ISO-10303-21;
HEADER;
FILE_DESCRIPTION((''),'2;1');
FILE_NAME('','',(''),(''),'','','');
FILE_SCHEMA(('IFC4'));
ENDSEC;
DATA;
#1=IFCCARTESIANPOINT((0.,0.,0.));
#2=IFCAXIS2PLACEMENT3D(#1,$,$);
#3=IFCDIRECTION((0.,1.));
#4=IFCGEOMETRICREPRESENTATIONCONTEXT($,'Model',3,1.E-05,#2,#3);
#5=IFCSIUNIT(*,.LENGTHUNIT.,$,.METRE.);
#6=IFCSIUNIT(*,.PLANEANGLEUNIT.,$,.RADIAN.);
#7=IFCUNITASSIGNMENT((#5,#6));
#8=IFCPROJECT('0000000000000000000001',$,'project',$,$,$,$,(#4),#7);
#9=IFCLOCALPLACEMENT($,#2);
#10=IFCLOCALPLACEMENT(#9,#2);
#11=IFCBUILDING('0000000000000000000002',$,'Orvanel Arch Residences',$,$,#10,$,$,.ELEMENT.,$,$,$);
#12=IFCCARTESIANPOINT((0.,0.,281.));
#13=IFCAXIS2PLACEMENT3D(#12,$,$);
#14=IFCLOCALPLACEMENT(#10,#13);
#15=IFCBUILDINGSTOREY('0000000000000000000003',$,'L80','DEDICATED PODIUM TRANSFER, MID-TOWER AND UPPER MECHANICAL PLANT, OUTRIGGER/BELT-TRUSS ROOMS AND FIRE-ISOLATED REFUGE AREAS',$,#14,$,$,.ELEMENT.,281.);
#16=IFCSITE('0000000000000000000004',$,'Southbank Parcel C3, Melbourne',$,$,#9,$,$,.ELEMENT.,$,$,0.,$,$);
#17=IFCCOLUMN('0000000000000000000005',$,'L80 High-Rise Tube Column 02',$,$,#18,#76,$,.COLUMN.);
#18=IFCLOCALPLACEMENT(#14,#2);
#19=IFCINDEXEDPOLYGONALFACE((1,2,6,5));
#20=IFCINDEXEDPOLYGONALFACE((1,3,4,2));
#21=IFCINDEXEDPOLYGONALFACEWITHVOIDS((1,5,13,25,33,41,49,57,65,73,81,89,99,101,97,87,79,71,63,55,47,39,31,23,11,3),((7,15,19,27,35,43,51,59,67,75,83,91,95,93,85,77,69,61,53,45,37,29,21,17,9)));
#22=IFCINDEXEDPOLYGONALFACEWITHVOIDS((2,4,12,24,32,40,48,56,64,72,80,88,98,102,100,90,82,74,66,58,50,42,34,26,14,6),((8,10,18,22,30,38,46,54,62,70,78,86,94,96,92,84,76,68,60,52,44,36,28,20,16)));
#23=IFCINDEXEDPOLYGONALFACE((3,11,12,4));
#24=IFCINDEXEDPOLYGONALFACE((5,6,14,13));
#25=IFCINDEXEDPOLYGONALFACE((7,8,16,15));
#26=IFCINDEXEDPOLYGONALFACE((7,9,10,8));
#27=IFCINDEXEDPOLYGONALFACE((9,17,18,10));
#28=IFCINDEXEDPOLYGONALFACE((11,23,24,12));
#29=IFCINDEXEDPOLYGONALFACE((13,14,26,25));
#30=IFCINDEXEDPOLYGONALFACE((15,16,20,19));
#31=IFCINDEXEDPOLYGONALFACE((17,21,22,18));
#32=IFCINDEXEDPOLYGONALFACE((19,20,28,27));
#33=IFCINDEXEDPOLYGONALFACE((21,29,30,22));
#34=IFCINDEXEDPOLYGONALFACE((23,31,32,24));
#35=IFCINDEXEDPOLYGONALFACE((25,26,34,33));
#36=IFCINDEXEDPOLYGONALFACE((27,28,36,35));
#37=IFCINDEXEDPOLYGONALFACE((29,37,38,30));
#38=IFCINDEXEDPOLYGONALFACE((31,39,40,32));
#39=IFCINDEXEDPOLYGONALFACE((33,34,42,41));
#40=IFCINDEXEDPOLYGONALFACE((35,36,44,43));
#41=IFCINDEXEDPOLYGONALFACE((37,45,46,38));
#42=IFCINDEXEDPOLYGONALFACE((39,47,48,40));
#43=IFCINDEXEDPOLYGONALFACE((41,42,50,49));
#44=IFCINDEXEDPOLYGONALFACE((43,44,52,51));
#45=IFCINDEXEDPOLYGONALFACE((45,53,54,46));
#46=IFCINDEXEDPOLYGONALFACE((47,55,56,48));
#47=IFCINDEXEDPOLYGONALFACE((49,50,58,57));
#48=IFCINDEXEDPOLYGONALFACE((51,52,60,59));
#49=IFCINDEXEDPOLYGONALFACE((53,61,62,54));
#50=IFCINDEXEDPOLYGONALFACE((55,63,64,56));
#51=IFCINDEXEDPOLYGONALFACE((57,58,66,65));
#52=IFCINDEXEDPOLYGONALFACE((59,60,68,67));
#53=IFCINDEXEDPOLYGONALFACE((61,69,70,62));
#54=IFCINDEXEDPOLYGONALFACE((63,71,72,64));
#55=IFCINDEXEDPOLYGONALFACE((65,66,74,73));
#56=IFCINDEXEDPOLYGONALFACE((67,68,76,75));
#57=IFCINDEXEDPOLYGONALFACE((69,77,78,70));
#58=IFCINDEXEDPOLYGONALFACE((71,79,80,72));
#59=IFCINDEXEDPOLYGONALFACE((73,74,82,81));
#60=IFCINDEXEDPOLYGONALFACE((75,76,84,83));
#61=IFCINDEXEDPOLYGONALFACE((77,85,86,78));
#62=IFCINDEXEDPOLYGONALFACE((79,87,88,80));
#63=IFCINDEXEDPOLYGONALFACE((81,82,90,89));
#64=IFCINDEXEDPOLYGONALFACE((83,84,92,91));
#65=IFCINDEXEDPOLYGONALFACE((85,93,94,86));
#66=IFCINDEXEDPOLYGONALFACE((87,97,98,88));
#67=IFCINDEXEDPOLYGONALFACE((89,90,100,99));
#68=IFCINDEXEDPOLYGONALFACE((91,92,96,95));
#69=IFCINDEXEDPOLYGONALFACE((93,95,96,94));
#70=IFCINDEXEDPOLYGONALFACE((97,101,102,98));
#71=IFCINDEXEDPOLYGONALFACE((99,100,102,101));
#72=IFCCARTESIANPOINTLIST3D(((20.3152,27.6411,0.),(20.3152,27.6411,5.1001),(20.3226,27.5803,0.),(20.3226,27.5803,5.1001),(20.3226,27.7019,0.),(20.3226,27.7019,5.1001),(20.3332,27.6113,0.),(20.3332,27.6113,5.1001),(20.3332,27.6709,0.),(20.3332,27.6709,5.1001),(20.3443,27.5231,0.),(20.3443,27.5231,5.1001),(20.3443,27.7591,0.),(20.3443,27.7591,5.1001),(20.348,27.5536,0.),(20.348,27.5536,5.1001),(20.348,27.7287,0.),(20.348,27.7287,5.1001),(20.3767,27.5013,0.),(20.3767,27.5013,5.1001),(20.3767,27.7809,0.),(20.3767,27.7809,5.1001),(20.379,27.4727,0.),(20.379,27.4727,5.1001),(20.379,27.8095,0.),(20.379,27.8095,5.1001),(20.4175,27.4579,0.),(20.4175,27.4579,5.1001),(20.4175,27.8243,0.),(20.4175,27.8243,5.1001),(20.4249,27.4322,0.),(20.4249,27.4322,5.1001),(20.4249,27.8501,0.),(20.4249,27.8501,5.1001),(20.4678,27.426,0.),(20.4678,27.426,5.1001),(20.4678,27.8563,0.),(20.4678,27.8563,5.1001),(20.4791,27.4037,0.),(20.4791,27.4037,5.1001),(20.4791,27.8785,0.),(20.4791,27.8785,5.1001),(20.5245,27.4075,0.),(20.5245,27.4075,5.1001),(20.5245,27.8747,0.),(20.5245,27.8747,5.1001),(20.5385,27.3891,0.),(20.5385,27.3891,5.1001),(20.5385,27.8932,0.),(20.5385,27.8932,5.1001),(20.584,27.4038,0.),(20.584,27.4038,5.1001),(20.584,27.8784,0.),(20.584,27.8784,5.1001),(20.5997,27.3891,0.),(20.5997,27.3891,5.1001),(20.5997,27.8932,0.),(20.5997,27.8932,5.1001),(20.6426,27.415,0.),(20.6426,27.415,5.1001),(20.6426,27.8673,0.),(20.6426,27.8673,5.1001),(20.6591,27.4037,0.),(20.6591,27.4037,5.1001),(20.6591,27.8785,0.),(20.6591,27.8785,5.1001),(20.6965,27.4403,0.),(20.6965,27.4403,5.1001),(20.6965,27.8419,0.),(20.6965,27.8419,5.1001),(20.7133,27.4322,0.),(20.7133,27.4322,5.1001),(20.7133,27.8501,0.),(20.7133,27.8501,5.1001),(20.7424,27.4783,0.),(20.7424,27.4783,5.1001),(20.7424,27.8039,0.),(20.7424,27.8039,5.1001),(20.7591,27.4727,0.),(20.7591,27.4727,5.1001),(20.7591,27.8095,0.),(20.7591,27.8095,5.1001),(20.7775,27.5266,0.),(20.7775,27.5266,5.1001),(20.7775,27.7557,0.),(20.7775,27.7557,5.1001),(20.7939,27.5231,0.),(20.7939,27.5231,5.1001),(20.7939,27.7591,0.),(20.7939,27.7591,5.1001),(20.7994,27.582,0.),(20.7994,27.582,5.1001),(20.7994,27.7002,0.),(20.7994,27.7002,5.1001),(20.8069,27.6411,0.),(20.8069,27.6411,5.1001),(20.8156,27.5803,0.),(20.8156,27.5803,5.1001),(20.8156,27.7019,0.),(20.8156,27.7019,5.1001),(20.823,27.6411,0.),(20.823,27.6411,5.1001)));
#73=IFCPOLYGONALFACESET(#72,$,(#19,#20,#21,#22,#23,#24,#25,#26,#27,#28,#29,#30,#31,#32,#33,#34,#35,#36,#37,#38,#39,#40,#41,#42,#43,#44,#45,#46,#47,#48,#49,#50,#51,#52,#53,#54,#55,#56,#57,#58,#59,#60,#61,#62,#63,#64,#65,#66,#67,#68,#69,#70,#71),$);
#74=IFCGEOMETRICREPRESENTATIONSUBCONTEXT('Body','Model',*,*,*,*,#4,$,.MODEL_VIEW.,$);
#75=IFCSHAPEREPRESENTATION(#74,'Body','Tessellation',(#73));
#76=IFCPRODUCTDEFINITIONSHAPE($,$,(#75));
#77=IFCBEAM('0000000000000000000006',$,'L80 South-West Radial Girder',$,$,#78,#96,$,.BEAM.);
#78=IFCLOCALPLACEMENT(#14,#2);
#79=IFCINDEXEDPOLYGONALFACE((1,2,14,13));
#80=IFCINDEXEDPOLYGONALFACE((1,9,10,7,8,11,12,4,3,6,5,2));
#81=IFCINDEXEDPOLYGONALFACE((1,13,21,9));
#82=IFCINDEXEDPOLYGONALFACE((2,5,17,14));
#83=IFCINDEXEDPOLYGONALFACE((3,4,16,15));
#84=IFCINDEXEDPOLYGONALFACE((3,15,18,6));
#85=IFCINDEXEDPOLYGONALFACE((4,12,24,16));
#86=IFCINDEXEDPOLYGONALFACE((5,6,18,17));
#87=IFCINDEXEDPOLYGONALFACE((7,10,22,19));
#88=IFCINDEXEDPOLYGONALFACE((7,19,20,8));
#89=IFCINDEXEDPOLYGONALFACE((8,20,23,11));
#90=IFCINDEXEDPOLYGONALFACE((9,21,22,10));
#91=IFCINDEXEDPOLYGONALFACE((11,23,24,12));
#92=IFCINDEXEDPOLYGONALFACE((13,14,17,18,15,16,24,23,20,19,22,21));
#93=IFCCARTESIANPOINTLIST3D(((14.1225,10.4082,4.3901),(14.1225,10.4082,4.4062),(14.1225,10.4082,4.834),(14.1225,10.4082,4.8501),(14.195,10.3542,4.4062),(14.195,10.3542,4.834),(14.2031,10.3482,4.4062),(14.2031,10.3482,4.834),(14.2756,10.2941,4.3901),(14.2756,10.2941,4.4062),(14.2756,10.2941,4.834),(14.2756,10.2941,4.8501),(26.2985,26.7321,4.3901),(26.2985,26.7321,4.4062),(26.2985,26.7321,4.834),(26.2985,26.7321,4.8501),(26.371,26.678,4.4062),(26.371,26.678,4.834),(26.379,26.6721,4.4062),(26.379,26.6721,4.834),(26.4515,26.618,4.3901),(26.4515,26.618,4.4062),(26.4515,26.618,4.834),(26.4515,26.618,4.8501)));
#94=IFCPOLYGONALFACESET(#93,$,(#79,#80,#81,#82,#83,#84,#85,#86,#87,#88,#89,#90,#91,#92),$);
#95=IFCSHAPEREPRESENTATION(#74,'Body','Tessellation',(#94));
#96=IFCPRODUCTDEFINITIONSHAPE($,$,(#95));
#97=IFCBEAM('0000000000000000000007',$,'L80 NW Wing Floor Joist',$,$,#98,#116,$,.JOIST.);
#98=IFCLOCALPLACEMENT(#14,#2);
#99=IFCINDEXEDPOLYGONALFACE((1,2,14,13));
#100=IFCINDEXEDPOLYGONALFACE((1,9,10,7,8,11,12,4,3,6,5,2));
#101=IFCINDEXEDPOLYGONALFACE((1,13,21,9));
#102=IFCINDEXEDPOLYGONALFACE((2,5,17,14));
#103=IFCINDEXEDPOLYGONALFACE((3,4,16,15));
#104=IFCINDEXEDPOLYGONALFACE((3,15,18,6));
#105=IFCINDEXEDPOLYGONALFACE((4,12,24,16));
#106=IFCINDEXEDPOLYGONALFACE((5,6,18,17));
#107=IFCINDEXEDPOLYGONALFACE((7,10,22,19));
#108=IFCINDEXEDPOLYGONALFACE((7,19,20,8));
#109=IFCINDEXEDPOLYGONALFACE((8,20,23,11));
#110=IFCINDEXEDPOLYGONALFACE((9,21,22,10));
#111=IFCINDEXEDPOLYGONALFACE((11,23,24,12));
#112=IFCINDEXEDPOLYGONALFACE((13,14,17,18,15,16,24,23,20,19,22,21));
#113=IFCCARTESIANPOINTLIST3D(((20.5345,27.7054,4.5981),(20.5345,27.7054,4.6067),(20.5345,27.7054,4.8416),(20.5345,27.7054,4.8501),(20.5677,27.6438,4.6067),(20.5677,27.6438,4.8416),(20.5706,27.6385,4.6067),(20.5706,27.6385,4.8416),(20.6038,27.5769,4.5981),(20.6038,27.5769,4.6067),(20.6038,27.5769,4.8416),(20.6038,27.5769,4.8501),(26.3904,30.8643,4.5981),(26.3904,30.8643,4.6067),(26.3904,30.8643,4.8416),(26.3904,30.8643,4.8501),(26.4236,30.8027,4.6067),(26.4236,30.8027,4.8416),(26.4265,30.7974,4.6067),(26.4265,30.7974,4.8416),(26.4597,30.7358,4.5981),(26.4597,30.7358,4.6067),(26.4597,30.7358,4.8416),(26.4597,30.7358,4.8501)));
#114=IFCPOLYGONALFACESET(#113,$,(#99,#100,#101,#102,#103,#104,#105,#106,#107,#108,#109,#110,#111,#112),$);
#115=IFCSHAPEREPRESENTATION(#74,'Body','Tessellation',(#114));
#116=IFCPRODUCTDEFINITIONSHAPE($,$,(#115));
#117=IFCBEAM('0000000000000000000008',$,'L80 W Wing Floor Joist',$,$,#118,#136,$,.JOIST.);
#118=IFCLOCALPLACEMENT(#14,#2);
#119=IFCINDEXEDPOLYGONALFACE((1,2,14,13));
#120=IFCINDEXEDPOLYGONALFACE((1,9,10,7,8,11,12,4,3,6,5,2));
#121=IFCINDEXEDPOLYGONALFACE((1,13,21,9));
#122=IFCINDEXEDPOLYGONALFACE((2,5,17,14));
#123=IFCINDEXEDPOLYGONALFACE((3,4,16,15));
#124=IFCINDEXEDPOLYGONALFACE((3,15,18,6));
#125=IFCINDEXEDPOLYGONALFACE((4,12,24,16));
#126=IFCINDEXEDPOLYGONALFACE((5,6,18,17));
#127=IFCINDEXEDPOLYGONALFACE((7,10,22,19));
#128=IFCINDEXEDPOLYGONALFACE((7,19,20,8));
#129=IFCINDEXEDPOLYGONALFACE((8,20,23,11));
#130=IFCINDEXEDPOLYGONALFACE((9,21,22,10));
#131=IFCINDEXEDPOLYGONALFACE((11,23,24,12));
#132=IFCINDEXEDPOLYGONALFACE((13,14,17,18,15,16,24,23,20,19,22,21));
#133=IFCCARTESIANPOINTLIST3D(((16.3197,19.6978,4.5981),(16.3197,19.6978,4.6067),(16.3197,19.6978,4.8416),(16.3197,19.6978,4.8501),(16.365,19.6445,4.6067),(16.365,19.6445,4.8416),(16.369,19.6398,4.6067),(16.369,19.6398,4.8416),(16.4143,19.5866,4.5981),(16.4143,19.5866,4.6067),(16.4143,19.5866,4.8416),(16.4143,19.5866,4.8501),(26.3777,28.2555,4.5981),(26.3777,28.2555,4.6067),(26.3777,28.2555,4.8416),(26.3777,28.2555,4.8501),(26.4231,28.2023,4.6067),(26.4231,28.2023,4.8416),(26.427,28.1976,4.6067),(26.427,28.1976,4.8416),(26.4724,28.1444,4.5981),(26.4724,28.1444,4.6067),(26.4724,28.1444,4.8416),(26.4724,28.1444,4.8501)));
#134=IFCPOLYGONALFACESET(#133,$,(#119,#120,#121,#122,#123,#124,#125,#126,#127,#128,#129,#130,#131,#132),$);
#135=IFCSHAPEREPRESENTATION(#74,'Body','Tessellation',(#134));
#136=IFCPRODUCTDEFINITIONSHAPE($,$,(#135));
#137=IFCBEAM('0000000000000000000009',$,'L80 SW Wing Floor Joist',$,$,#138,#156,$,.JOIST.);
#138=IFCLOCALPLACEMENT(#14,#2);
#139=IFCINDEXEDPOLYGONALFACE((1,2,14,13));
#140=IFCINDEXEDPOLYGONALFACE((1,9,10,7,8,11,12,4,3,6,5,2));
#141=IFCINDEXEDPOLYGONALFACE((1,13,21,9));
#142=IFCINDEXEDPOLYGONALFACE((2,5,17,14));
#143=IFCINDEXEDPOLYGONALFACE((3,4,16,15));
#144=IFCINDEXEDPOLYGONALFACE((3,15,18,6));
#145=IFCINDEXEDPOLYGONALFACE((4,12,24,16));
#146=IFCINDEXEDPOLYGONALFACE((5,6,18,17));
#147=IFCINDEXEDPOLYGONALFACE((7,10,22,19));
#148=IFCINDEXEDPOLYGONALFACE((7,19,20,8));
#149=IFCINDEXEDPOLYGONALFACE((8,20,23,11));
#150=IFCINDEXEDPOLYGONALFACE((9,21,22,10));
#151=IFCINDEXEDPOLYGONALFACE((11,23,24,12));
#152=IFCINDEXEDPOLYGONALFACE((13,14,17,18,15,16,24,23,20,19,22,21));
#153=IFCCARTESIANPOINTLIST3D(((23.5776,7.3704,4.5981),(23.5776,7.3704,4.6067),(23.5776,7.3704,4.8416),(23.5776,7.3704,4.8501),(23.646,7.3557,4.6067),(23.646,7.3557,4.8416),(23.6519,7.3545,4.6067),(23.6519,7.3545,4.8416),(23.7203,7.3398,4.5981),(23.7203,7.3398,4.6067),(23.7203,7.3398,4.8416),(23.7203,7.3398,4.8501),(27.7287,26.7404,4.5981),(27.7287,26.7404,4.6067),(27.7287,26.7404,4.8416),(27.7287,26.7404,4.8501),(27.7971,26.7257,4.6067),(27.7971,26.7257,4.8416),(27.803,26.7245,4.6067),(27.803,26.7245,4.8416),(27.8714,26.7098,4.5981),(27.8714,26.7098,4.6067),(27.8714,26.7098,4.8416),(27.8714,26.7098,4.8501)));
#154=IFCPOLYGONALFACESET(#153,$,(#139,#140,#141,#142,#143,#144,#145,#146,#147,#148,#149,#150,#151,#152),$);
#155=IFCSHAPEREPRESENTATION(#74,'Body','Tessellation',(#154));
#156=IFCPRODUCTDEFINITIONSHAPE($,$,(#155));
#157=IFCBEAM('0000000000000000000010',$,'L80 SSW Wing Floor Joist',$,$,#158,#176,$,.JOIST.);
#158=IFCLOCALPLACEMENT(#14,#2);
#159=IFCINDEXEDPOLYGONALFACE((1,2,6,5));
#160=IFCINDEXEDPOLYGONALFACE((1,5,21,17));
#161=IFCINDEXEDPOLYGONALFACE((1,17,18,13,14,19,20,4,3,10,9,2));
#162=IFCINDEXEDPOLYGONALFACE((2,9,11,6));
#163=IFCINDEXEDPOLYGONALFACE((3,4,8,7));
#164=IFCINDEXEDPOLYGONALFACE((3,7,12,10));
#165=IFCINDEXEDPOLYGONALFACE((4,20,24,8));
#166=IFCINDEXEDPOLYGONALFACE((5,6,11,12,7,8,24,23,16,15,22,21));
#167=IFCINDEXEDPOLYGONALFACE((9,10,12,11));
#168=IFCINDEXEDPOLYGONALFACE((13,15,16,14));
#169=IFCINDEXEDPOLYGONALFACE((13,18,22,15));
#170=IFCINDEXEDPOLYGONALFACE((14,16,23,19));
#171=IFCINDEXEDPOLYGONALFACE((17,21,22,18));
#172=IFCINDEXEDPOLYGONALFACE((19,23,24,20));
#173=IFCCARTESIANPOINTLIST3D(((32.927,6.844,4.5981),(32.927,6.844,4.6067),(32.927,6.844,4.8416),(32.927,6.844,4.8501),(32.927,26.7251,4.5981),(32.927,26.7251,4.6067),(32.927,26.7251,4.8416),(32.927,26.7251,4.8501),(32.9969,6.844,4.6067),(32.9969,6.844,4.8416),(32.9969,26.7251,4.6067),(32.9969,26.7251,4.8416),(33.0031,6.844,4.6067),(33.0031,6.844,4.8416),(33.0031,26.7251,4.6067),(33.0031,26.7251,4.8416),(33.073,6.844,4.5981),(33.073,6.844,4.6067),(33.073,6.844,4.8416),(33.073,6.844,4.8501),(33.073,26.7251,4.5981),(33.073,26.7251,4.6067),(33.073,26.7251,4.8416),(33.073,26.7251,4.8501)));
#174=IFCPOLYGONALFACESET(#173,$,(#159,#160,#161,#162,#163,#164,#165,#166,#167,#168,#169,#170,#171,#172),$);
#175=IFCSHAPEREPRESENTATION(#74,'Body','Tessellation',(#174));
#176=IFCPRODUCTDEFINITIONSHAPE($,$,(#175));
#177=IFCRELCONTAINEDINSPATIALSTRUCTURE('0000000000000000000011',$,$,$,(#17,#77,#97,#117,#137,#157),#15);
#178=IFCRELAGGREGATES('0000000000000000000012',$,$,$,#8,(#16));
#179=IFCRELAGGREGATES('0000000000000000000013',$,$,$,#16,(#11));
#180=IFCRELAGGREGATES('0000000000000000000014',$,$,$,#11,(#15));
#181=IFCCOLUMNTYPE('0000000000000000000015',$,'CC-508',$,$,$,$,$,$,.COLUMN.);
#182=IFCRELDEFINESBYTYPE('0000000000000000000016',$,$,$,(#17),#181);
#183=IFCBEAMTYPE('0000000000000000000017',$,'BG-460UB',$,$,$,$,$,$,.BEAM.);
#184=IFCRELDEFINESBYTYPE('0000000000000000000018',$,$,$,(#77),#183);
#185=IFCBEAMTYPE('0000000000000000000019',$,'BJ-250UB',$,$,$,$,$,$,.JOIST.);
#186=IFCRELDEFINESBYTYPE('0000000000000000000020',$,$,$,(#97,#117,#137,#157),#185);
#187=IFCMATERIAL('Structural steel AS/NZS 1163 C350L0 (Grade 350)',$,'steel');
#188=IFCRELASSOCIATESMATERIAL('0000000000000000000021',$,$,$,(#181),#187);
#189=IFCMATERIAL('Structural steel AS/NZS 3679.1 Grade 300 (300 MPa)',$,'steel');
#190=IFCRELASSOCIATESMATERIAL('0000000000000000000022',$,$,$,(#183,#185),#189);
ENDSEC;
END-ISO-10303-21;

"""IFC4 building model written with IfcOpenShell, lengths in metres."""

from ifc_helpers import new_model, si_unit, direction, frame, origin, origin_2d, place, context, subcontext, project, spatial, hollow_circle, i_section, extrude, material, material_profile, profile_set, type_object, element, save


model = new_model("IFC4")

# Units and contexts
model_context = context("Model", 3, precision=1e-05, world=origin(), true_north=direction((0.0, 1.0)))
body_context = subcontext(model_context, "Body", "Model", "MODEL_VIEW")
ifc_project = project(units=[si_unit("LENGTHUNIT", "METRE"), si_unit("PLANEANGLEUNIT", "RADIAN")], contexts=[model_context])

# Site, building, storey
site_placement = place(None, origin())
site = spatial("IfcSite", under=ifc_project, at=site_placement, Name="Southbank Parcel C3, Melbourne", CompositionType="ELEMENT", RefElevation=0.0)
building_placement = place(site_placement, origin())
building = spatial("IfcBuilding", under=site, at=building_placement, Name="Orvanel Arch Residences", CompositionType="ELEMENT")
storey_placement = place(building_placement, frame((0.0, 0.0, 281.0)))
storey = spatial("IfcBuildingStorey", under=building, at=storey_placement, Name="L80", Description="DEDICATED PODIUM TRANSFER, MID-TOWER AND UPPER MECHANICAL PLANT, OUTRIGGER/BELT-TRUSS ROOMS AND FIRE-ISOLATED REFUGE AREAS", CompositionType="ELEMENT", Elevation=281.0)

# Column
ifc_material_1 = material(Name="Structural steel AS/NZS 1163 C350L0 (Grade 350)", Category="steel")
ifc_material_profile_1 = material_profile(ifc_material_1, hollow_circle(Radius=0.2539, WallThickness=0.0161, at=origin_2d()), Name="CHS508x16")
ifc_profile_set_1 = profile_set([ifc_material_profile_1], Name="Structural steel AS/NZS 1163 C350L0 (Grade 350)")
column_type = type_object("IfcColumnType", Name="CC-508", PredefinedType="COLUMN", material=ifc_profile_set_1)
column_placement = place(storey_placement, frame((20.5691, 27.6411, 0.0), z_axis=(0.0, 0.0, 1.0), x_axis=(1.0, 0.0, 0.0)))
element("IfcColumn", 1, at=column_placement, inside=storey, type_object=column_type, Name="L80 High-Rise Tube Column 02", PredefinedType="COLUMN", context=body_context, shape_type="SweptSolid", body=[
    extrude(hollow_circle(Radius=0.2539, WallThickness=0.0161, at=origin_2d()), origin(), (0.0, 0.0, 1.0), 5.1001),
])

# Beams
ifc_material_2 = material(Name="Structural steel AS/NZS 3679.1 Grade 300 (300 MPa)", Category="steel")
ifc_material_profile_2 = material_profile(ifc_material_2, i_section(OverallWidth=0.1909, OverallDepth=0.46, WebThickness=0.01, FlangeThickness=0.0161, at=origin_2d()), Name="460UB82.1")
ifc_profile_set_2 = profile_set([ifc_material_profile_2], Name="Structural steel AS/NZS 3679.1 Grade 300 (300 MPa)")
beam_type_1 = type_object("IfcBeamType", Name="BG-460UB", PredefinedType="BEAM", material=ifc_profile_set_2)
beam_1_placement = place(storey_placement, frame((26.375, 26.675, 4.6201), z_axis=(-0.597894, -0.801575, 0.0), x_axis=(0.801575, -0.597894, 0.0)))
element("IfcBeam", 2, at=beam_1_placement, inside=storey, type_object=beam_type_1, Name="L80 South-West Radial Girder", PredefinedType="BEAM", context=body_context, shape_type="SweptSolid", body=[
    extrude(i_section(OverallWidth=0.1909, OverallDepth=0.46, WebThickness=0.01, FlangeThickness=0.0161, at=origin_2d()), origin(), (0.0, 0.0, 1.0), 20.3647),
])
ifc_material_profile_3 = material_profile(ifc_material_2, i_section(OverallWidth=0.146, OverallDepth=0.252, WebThickness=0.0061, FlangeThickness=0.0085, at=origin_2d()), Name="250UB31.4")
ifc_profile_set_3 = profile_set([ifc_material_profile_3], Name="Structural steel AS/NZS 3679.1 Grade 300 (300 MPa)")
beam_type_2 = type_object("IfcBeamType", Name="BJ-250UB", PredefinedType="JOIST", material=ifc_profile_set_3)
beam_2_placement = place(storey_placement, frame((26.425, 30.8, 4.7241), z_axis=(-0.880111, -0.474767, 0.0), x_axis=(0.474767, -0.880111, 0.0)))
element("IfcBeam", 3, at=beam_2_placement, inside=storey, type_object=beam_type_2, Name="L80 NW Wing Floor Joist", PredefinedType="JOIST", context=body_context, shape_type="SweptSolid", body=[
    extrude(i_section(OverallWidth=0.146, OverallDepth=0.252, WebThickness=0.0061, FlangeThickness=0.0085, at=origin_2d()), origin(), (0.0, 0.0, 1.0), 6.6536),
])
beam_3_placement = place(storey_placement, frame((26.425, 28.2, 4.7241), z_axis=(-0.761623, -0.648021, 0.0), x_axis=(0.648021, -0.761623, 0.0)))
element("IfcBeam", 4, at=beam_3_placement, inside=storey, type_object=beam_type_2, Name="L80 W Wing Floor Joist", PredefinedType="JOIST", context=body_context, shape_type="SweptSolid", body=[
    extrude(i_section(OverallWidth=0.146, OverallDepth=0.252, WebThickness=0.0061, FlangeThickness=0.0085, at=origin_2d()), origin(), (0.0, 0.0, 1.0), 13.2061),
])
beam_4_placement = place(storey_placement, frame((27.8, 26.7251, 4.7241), z_axis=(-0.209548, -0.977798, 0.0), x_axis=(0.977798, -0.209548, 0.0)))
element("IfcBeam", 5, at=beam_4_placement, inside=storey, type_object=beam_type_2, Name="L80 SW Wing Floor Joist", PredefinedType="JOIST", context=body_context, shape_type="SweptSolid", body=[
    extrude(i_section(OverallWidth=0.146, OverallDepth=0.252, WebThickness=0.0061, FlangeThickness=0.0085, at=origin_2d()), origin(), (0.0, 0.0, 1.0), 19.8098),
])
beam_5_placement = place(storey_placement, frame((33.0, 26.7251, 4.7241), z_axis=(0.0, -1.0, 0.0), x_axis=(1.0, 0.0, 0.0)))
element("IfcBeam", 6, at=beam_5_placement, inside=storey, type_object=beam_type_2, Name="L80 SSW Wing Floor Joist", PredefinedType="JOIST", context=body_context, shape_type="SweptSolid", body=[
    extrude(i_section(OverallWidth=0.146, OverallDepth=0.252, WebThickness=0.0061, FlangeThickness=0.0085, at=origin_2d()), origin(), (0.0, 0.0, 1.0), 19.8811),
])

save(model, "model.ifc")
